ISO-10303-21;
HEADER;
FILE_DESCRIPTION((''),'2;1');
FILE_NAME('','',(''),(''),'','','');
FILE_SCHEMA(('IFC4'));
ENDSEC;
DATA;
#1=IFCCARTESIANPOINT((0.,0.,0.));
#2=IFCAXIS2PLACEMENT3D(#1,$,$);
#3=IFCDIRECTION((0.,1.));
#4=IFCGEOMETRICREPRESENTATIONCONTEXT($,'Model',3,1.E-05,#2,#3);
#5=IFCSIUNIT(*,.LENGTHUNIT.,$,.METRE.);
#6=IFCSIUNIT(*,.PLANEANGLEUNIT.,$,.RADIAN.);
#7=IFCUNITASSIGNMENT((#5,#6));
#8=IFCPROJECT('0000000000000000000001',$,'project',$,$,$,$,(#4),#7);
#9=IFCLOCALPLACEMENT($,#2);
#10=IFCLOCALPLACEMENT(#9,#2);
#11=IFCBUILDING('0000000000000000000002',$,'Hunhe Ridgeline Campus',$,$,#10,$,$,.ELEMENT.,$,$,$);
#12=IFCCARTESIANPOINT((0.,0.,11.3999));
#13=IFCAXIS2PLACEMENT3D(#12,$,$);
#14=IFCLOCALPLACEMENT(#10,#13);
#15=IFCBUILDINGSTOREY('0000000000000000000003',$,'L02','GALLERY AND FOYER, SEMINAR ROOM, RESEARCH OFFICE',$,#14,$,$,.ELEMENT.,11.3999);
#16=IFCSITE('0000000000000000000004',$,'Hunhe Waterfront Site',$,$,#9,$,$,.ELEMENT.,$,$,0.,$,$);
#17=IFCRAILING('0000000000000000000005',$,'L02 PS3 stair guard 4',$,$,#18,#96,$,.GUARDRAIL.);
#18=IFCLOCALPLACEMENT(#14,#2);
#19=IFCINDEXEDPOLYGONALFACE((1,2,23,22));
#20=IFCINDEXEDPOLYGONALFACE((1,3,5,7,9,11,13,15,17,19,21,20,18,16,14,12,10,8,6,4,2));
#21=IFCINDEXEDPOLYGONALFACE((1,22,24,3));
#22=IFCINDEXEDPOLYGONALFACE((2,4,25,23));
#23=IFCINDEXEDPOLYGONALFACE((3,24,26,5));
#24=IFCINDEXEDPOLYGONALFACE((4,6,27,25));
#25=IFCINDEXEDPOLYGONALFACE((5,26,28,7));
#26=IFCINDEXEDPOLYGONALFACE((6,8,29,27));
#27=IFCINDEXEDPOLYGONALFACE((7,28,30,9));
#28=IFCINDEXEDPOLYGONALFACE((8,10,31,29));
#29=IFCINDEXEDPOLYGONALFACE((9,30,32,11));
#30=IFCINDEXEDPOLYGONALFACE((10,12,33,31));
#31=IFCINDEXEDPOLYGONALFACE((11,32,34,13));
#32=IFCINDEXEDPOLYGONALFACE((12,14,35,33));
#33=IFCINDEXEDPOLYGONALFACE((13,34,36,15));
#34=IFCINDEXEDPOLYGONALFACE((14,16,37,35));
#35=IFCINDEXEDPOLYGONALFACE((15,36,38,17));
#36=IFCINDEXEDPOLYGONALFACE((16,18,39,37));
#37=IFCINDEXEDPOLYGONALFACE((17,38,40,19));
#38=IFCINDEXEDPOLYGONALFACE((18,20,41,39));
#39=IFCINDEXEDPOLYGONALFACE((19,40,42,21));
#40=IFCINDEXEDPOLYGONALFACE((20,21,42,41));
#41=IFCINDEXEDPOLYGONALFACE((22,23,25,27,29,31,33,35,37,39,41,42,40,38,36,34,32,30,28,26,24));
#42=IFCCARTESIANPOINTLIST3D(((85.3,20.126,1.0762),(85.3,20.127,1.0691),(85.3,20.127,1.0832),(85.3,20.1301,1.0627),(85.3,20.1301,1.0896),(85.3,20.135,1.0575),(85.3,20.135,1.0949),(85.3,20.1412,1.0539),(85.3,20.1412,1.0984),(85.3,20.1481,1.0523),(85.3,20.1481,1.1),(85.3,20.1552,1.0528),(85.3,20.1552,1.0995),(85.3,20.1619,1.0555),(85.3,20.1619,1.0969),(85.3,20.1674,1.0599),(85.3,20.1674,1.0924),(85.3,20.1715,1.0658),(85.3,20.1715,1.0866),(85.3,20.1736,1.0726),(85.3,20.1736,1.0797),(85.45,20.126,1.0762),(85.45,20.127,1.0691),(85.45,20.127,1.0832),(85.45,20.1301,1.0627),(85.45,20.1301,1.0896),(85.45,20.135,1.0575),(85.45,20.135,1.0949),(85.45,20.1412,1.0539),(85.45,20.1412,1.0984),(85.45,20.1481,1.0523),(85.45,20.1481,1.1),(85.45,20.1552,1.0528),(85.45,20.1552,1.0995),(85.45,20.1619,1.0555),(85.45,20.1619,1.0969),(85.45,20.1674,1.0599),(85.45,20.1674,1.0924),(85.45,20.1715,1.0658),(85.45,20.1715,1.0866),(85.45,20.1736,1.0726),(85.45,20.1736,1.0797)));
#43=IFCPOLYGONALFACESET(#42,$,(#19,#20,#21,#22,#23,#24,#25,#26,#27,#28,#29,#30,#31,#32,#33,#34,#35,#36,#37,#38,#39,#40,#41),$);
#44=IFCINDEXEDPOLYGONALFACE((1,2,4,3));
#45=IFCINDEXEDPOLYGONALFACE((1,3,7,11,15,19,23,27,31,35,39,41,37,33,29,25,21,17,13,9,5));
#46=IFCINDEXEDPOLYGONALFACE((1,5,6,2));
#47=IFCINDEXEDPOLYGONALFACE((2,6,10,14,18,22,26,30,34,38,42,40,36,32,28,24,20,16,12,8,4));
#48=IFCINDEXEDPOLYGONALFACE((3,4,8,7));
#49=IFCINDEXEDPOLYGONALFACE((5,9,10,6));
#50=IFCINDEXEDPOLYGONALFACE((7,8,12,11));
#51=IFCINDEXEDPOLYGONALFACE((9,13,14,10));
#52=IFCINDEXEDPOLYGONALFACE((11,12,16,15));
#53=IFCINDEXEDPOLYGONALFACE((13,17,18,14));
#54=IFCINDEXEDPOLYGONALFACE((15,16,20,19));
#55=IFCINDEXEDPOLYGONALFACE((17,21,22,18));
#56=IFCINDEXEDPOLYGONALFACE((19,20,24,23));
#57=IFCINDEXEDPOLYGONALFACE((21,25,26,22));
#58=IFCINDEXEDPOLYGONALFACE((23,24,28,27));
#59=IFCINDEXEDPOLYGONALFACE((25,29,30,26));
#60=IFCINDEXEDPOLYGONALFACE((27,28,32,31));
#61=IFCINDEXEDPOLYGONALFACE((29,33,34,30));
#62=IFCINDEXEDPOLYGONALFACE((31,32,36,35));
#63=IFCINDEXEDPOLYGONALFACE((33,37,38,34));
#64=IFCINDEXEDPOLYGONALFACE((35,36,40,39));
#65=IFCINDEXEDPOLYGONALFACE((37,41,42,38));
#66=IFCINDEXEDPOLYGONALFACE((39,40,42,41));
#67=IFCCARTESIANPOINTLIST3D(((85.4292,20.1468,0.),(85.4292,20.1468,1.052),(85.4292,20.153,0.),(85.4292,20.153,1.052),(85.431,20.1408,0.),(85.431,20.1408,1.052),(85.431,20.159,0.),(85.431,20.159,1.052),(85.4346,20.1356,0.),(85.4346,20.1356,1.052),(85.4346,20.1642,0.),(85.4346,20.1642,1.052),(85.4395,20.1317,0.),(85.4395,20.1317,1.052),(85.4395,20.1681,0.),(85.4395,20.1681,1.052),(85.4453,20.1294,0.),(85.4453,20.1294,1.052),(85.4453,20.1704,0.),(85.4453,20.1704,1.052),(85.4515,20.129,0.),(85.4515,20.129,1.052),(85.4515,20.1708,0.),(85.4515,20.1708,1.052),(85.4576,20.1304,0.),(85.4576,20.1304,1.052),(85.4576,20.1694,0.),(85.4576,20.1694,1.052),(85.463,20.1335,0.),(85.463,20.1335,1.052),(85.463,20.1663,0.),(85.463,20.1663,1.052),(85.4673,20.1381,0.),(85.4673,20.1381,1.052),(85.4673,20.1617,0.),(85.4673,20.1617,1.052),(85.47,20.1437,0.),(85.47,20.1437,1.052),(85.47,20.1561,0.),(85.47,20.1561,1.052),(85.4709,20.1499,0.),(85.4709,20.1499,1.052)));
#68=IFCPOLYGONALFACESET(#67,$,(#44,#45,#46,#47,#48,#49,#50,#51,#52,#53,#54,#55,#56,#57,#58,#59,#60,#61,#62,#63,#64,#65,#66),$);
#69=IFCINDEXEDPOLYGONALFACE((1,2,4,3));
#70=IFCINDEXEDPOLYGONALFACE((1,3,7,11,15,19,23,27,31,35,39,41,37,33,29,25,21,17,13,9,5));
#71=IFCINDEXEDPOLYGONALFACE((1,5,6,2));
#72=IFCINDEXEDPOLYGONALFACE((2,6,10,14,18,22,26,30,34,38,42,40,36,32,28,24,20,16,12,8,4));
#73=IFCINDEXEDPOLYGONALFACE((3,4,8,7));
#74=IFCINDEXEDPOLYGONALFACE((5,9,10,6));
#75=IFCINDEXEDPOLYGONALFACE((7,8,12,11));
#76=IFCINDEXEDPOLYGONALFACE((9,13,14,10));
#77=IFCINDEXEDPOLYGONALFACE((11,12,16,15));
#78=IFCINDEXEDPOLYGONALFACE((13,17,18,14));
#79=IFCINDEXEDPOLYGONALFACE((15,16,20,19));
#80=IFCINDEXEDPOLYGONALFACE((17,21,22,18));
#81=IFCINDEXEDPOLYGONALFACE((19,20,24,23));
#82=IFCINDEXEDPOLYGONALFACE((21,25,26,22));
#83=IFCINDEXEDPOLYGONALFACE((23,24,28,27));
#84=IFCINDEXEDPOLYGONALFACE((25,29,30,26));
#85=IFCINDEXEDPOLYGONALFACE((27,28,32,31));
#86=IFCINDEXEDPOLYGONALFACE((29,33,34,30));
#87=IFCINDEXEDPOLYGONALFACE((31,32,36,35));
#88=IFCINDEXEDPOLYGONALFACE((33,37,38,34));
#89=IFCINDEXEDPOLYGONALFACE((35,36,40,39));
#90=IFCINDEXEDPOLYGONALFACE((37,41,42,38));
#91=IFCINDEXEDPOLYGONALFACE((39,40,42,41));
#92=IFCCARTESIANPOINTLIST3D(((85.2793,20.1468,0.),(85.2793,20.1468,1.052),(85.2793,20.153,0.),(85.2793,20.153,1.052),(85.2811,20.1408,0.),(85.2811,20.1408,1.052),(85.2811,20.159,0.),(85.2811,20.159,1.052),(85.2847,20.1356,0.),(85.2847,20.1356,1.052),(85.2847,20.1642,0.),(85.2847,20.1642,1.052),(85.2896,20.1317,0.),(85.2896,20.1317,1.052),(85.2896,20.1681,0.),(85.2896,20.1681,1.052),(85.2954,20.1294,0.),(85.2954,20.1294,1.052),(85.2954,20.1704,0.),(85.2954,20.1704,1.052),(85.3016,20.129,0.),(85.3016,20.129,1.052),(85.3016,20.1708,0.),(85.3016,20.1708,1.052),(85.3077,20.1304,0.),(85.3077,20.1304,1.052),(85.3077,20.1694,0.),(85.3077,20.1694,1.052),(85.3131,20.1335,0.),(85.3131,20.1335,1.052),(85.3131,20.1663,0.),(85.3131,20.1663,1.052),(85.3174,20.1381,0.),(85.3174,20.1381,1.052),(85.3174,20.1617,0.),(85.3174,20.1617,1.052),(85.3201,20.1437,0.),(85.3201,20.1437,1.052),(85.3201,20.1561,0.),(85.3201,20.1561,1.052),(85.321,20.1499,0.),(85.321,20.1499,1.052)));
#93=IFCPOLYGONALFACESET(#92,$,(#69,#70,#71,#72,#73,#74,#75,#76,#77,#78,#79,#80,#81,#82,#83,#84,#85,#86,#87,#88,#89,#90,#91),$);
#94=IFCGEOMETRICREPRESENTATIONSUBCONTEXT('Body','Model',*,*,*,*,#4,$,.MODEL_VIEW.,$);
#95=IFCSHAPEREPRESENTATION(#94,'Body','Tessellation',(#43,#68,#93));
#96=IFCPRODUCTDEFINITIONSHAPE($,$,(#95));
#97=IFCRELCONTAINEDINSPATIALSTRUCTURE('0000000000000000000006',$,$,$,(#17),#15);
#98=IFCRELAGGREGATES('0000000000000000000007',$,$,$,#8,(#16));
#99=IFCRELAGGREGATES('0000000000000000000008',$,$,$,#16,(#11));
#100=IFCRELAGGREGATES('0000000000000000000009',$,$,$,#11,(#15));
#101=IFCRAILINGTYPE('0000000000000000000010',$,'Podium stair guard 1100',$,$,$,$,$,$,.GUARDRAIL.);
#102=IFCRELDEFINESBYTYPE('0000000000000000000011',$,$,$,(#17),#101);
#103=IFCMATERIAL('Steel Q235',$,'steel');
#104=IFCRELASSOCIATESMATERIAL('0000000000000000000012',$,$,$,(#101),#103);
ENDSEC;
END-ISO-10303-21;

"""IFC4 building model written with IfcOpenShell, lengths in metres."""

from ifc_helpers import new_model, si_unit, direction, frame, origin, origin_2d, place, context, subcontext, project, spatial, circle, extrude, material, type_object, element, save


model = new_model("IFC4")

# Units and contexts
model_context = context("Model", 3, precision=1e-05, world=origin(), true_north=direction((0.0, 1.0)))
body_context = subcontext(model_context, "Body", "Model", "MODEL_VIEW")
ifc_project = project(units=[si_unit("LENGTHUNIT", "METRE"), si_unit("PLANEANGLEUNIT", "RADIAN")], contexts=[model_context])

# Site, building, storey
site_placement = place(None, origin())
site = spatial("IfcSite", under=ifc_project, at=site_placement, Name="Hunhe Waterfront Site", CompositionType="ELEMENT", RefElevation=0.0)
building_placement = place(site_placement, origin())
building = spatial("IfcBuilding", under=site, at=building_placement, Name="Hunhe Ridgeline Campus", CompositionType="ELEMENT")
storey_placement = place(building_placement, frame((0.0, 0.0, 11.3999)))
storey = spatial("IfcBuildingStorey", under=building, at=storey_placement, Name="L02", Description="GALLERY AND FOYER, SEMINAR ROOM, RESEARCH OFFICE", CompositionType="ELEMENT", Elevation=11.3999)

# Railing
ifc_material_1 = material(Name="Steel Q235", Category="steel")
railing_type_1 = type_object("IfcRailingType", Name="Podium stair guard 1100", PredefinedType="GUARDRAIL", material=ifc_material_1)
railing_1_placement = place(storey_placement, frame((85.45, 20.1499, 0.0)))
element("IfcRailing", 1, at=railing_1_placement, inside=storey, type_object=railing_type_1, Name="L02 PS3 stair guard 4", PredefinedType="GUARDRAIL", context=body_context, shape_type="SweptSolid", body=[
    extrude(circle(Radius=0.0239, at=origin_2d()), frame((0.0, 0.0, 1.0762), z_axis=(-1.0, 0.0, 0.0), x_axis=(0.0, -1.0, 0.0)), (0.0, 0.0, 1.0), 0.1499),
    extrude(circle(Radius=0.021, at=origin_2d()), origin(), (0.0, 0.0, 1.0), 1.052),
    extrude(circle(Radius=0.021, at=origin_2d()), frame((-0.1499, 0.0, 0.0)), (0.0, 0.0, 1.0), 1.052),
])

save(model, "model.ifc")
